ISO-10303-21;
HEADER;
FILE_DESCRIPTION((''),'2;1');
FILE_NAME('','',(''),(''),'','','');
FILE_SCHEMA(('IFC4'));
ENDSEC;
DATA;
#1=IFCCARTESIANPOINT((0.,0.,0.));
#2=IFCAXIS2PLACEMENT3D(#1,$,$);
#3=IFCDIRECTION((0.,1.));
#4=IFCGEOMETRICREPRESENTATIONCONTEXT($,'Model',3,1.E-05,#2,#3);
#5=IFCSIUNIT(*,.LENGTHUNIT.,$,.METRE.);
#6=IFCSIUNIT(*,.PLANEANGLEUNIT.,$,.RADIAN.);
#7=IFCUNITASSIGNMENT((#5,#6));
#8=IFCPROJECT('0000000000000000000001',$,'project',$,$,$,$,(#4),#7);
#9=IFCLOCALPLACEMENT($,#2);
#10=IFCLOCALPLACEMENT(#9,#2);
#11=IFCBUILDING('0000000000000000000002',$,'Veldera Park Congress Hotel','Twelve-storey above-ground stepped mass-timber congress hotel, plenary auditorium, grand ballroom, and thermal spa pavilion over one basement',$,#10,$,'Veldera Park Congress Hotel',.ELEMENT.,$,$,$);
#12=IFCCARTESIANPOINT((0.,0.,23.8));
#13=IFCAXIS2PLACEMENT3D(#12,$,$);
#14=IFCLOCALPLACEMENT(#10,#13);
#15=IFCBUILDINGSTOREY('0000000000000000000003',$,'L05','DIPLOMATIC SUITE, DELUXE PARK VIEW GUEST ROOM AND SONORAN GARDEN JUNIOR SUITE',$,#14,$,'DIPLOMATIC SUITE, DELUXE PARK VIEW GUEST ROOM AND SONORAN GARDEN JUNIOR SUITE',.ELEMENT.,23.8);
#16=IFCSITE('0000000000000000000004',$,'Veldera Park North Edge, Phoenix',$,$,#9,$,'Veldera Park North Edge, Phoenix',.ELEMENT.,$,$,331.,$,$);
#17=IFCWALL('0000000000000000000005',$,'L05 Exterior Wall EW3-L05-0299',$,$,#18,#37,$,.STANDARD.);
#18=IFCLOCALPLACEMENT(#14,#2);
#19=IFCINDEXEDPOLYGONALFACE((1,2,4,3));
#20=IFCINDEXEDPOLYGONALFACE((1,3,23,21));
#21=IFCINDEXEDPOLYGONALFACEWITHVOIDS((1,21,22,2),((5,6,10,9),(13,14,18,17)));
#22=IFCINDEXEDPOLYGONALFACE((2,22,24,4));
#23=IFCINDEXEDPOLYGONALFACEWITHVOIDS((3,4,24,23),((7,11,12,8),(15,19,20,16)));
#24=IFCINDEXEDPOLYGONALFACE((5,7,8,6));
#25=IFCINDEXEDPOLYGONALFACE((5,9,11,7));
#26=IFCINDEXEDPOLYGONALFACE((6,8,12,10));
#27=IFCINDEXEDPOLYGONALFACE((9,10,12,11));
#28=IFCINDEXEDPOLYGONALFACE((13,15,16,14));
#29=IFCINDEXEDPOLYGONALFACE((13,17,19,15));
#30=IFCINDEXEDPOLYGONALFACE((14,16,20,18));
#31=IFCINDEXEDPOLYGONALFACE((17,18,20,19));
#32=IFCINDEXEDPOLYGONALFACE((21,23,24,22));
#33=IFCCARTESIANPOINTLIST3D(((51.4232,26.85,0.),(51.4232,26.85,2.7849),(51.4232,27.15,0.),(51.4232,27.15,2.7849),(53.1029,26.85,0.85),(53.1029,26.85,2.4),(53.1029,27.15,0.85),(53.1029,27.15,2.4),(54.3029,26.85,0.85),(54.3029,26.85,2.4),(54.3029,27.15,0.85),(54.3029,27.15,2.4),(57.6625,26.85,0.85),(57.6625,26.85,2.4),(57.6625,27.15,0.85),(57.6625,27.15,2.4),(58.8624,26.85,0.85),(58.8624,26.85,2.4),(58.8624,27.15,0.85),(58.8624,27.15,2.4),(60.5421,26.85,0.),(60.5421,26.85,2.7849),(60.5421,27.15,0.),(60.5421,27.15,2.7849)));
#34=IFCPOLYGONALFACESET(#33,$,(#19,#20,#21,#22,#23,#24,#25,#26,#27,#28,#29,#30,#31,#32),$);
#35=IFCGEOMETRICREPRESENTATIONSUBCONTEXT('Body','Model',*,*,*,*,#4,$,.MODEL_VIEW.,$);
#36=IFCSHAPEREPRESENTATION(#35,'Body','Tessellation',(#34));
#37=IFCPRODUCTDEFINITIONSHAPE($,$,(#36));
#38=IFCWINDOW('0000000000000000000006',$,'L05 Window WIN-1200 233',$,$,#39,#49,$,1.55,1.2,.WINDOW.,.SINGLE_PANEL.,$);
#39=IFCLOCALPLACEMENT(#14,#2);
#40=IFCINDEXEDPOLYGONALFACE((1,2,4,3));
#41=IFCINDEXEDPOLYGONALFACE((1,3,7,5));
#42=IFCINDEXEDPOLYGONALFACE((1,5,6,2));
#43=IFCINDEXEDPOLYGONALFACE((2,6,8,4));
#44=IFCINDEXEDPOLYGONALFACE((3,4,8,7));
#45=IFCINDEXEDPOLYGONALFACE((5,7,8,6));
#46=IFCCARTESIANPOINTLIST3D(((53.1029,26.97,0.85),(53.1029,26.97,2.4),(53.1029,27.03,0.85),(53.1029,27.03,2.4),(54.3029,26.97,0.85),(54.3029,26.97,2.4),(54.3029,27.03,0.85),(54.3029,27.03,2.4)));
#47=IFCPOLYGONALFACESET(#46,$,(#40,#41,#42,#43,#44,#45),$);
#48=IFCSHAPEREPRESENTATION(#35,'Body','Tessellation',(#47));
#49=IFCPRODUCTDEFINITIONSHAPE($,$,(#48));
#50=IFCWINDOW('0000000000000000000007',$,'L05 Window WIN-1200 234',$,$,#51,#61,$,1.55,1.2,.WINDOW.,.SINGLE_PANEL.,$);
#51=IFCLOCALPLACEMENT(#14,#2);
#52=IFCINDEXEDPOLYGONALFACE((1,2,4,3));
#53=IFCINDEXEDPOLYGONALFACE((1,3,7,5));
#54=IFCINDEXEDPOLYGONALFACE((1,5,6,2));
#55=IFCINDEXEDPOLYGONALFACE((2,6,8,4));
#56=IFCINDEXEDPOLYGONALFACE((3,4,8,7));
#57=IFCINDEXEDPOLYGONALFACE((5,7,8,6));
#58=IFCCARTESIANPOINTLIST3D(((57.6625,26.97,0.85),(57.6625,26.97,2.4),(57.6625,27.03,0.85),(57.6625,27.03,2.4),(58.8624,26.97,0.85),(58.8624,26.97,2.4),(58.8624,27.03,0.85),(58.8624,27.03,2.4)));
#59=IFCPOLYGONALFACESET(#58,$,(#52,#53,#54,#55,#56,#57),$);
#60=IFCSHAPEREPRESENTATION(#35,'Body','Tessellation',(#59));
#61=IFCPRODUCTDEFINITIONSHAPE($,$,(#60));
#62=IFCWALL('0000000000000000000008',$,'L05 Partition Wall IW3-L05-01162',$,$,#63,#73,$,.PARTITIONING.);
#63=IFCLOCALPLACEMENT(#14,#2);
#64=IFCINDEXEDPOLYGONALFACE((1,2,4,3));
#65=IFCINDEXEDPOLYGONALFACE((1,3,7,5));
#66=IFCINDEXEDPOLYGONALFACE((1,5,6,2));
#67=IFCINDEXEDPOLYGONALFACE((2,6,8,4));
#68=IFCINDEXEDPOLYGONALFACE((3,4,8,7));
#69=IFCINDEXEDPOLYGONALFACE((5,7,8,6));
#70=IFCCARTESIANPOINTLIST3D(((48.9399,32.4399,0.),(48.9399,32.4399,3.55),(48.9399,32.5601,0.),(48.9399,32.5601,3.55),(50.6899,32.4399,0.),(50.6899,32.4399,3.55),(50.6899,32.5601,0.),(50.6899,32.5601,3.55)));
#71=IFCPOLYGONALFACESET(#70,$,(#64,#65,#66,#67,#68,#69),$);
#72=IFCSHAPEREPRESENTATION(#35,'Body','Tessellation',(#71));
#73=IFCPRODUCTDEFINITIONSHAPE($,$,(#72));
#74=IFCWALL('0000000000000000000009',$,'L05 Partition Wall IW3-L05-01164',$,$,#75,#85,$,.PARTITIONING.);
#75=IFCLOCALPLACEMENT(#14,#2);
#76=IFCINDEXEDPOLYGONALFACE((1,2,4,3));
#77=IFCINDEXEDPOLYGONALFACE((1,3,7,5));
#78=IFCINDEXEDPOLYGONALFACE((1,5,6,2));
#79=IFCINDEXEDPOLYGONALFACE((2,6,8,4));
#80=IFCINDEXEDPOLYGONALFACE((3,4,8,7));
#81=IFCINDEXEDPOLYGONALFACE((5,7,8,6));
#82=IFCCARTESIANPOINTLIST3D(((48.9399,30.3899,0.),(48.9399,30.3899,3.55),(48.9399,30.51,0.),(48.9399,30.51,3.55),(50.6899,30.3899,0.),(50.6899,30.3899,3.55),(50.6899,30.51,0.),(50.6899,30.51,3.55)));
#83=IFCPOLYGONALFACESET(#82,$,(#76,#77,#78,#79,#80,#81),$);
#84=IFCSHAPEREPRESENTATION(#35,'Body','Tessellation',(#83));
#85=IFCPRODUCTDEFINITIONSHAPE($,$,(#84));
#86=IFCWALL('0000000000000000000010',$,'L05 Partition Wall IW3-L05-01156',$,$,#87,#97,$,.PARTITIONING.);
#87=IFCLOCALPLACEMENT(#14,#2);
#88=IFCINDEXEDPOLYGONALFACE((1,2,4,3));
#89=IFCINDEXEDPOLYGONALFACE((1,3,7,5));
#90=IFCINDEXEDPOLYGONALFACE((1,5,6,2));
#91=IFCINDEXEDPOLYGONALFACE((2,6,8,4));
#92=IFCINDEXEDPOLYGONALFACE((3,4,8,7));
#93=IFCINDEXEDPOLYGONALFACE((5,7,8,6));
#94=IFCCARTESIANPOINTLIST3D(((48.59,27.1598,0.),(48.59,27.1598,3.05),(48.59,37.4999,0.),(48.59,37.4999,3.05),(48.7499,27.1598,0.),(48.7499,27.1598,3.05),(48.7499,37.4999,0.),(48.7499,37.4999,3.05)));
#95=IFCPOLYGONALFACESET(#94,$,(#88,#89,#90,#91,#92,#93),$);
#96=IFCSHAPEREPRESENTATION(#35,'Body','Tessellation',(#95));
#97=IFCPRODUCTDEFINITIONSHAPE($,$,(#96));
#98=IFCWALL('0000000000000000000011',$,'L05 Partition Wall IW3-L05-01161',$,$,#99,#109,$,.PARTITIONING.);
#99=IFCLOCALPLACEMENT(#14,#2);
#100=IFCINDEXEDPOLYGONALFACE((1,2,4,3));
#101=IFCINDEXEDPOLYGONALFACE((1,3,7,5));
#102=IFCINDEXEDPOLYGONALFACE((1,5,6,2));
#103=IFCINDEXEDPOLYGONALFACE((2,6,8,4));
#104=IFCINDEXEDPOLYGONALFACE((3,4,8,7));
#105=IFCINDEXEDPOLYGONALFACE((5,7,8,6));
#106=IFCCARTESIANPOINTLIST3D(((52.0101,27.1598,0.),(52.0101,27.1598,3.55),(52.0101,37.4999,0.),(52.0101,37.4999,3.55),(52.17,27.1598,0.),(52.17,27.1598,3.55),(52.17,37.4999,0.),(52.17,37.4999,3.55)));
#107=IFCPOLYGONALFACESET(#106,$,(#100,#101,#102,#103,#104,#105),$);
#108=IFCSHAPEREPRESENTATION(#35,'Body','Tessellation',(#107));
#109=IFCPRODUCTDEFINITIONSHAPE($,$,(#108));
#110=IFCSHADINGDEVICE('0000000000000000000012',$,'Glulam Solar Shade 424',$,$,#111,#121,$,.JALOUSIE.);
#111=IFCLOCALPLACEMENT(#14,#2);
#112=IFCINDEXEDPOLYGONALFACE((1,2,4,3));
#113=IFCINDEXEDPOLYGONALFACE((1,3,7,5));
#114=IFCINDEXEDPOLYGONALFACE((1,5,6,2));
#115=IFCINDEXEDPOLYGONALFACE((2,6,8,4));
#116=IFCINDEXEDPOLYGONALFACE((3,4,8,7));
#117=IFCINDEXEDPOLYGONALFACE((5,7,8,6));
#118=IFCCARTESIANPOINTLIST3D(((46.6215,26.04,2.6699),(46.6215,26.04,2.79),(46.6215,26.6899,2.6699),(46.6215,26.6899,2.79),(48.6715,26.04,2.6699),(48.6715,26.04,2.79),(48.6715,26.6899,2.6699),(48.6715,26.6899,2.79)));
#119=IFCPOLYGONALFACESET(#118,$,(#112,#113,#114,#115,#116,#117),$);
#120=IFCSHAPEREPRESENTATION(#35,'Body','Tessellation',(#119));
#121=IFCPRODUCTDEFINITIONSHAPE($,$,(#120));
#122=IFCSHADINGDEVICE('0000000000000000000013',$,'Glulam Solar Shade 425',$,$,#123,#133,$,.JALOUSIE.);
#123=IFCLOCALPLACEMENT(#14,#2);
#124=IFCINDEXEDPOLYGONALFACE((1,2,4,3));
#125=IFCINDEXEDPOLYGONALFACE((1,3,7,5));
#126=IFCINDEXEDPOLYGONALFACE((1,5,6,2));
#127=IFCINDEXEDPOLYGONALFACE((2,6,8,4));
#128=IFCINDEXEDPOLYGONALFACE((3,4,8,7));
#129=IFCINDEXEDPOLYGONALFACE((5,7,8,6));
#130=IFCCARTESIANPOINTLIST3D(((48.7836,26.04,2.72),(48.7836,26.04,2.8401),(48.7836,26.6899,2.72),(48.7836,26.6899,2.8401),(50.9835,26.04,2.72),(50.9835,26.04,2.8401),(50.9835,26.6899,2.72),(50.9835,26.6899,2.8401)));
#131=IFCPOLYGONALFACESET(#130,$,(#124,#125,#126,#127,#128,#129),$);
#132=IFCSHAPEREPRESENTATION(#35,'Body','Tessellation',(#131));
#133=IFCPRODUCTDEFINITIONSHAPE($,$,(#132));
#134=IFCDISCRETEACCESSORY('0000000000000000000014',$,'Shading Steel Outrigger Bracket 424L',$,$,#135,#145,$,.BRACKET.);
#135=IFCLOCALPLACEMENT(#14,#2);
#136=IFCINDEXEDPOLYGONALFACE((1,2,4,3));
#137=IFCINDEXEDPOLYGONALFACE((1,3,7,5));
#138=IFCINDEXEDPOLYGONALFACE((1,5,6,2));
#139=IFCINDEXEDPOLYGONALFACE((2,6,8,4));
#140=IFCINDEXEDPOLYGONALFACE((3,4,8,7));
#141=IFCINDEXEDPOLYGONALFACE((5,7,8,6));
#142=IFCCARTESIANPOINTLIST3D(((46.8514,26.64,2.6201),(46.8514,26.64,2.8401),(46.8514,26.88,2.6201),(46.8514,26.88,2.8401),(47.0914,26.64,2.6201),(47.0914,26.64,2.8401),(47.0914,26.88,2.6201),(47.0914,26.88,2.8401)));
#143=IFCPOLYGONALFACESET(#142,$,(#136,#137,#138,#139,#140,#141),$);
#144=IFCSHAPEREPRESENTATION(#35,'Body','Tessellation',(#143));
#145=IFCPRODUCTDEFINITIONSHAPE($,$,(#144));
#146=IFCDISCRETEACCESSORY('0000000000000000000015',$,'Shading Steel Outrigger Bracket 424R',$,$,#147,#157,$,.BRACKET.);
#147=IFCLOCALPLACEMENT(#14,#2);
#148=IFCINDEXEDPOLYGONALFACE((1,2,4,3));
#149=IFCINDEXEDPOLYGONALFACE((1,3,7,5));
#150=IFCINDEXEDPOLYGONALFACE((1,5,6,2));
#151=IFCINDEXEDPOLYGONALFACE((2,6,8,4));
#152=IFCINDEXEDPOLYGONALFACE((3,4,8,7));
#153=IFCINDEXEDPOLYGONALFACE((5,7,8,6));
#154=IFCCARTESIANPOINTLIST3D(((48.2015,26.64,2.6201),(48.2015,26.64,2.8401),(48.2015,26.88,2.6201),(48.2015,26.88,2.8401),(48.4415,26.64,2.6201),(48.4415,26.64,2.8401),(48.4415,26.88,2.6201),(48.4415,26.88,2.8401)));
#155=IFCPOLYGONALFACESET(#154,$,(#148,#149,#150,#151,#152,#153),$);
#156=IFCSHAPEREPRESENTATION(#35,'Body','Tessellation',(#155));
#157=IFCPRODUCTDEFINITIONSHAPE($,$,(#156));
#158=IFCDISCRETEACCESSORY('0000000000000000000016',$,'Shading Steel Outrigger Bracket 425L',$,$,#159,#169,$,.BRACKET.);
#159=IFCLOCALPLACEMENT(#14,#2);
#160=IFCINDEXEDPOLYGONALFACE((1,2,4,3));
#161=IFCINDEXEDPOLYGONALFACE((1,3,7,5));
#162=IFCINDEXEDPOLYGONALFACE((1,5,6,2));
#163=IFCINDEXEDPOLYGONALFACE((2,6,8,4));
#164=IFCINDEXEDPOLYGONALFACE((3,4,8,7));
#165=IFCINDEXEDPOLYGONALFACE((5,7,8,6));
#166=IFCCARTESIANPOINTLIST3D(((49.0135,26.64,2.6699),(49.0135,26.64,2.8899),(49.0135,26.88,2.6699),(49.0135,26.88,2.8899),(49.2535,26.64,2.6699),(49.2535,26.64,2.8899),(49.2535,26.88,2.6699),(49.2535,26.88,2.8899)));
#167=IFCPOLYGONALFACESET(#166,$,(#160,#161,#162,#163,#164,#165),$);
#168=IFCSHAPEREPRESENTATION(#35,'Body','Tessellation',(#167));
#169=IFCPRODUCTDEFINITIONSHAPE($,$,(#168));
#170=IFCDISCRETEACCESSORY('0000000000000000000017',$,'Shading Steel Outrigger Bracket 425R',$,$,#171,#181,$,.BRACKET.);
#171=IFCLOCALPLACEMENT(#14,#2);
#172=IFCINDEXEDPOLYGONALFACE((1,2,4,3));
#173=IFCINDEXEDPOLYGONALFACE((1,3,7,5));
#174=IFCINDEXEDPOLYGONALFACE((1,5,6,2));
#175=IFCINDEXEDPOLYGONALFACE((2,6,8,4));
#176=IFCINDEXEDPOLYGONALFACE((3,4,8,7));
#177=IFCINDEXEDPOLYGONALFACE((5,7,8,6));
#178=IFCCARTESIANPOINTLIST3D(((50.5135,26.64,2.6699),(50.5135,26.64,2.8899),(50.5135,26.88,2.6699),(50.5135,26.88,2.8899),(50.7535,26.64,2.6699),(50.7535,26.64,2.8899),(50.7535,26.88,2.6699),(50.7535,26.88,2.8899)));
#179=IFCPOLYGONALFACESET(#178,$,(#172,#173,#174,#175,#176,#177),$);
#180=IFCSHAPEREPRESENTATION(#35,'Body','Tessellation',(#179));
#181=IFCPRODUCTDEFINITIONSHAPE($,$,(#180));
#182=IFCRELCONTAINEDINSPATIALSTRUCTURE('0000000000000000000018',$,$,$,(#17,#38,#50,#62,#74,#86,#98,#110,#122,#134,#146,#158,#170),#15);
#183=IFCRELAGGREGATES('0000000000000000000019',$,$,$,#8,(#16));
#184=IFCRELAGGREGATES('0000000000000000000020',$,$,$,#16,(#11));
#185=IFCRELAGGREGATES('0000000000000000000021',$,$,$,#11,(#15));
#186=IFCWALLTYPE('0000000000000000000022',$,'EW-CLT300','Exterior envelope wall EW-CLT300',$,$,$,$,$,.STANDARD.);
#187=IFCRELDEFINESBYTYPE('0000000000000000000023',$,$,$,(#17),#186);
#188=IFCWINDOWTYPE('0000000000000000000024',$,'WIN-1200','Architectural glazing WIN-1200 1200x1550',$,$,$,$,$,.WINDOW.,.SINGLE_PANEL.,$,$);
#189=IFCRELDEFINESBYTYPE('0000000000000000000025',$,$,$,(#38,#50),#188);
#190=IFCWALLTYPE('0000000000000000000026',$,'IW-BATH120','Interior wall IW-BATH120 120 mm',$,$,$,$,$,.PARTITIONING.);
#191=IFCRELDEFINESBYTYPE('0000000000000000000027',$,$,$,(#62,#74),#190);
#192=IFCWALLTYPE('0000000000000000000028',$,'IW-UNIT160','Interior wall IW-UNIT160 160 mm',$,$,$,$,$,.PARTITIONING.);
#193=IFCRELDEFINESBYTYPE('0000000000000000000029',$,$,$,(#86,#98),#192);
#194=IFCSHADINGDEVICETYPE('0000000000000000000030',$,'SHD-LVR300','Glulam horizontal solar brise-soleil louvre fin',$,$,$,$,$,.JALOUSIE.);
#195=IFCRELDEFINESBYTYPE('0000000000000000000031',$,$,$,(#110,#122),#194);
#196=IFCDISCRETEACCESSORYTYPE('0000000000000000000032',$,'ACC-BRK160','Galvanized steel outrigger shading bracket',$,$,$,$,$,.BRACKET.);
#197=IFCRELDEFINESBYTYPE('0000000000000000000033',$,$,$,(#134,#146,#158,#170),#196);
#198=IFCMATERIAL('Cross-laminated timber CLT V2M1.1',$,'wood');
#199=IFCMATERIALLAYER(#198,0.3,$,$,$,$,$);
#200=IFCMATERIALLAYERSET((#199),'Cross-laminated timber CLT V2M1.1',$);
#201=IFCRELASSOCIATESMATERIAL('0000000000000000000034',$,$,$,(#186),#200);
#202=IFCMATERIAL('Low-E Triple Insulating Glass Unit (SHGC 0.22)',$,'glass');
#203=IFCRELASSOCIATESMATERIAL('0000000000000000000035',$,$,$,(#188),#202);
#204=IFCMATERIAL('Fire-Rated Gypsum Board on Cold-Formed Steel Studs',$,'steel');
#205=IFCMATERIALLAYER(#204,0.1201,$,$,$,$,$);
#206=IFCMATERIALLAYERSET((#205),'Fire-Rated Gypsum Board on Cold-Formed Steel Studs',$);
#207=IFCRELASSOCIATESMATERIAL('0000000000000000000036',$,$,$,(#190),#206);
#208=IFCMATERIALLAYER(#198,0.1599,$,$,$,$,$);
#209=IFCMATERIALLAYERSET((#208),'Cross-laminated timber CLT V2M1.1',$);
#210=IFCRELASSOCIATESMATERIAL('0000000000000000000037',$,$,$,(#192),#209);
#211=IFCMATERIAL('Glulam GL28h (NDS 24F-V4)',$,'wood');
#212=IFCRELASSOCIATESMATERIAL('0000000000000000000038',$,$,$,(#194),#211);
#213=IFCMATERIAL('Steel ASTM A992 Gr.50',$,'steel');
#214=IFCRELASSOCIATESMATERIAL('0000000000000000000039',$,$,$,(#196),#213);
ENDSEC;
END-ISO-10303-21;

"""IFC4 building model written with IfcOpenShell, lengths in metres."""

from ifc_helpers import new_model, si_unit, direction, frame, frame_2d, origin, origin_2d, place, context, subcontext, project, spatial, rectangle, extrude, material, layer, layer_set, type_object, element, fill, save


model = new_model("IFC4")

# Units and contexts
model_context = context("Model", 3, precision=1e-05, world=origin(), true_north=direction((0.0, 1.0)))
body_context = subcontext(model_context, "Body", "Model", "MODEL_VIEW")
ifc_project = project(units=[si_unit("LENGTHUNIT", "METRE"), si_unit("PLANEANGLEUNIT", "RADIAN")], contexts=[model_context])

# Site, building, storey
site_placement = place(None, origin())
site = spatial("IfcSite", under=ifc_project, at=site_placement, Name="Veldera Park North Edge, Phoenix", LongName="Veldera Park North Edge, Phoenix", CompositionType="ELEMENT", RefElevation=331.0)
building_placement = place(site_placement, origin())
building = spatial("IfcBuilding", under=site, at=building_placement, Name="Veldera Park Congress Hotel", Description="Twelve-storey above-ground stepped mass-timber congress hotel, plenary auditorium, grand ballroom, and thermal spa pavilion over one basement", LongName="Veldera Park Congress Hotel", CompositionType="ELEMENT")
storey_placement = place(building_placement, frame((0.0, 0.0, 23.8)))
storey = spatial("IfcBuildingStorey", under=building, at=storey_placement, Name="L05", Description="DIPLOMATIC SUITE, DELUXE PARK VIEW GUEST ROOM AND SONORAN GARDEN JUNIOR SUITE", LongName="DIPLOMATIC SUITE, DELUXE PARK VIEW GUEST ROOM AND SONORAN GARDEN JUNIOR SUITE", CompositionType="ELEMENT", Elevation=23.8)

# Shared definitions
ifc_material_1 = material(Name="Glulam GL28h (NDS 24F-V4)", Category="wood")

# Wall, openings, windows
ifc_material_2 = material(Name="Cross-laminated timber CLT V2M1.1", Category="wood")
ifc_layer_1 = layer(ifc_material_2, 0.3)
ifc_layer_set_1 = layer_set([ifc_layer_1], Name="Cross-laminated timber CLT V2M1.1")
wall_type_1 = type_object("IfcWallType", Name="EW-CLT300", Description="Exterior envelope wall EW-CLT300", PredefinedType="STANDARD", material=ifc_layer_set_1)
ifc_material_3 = material(Name="Low-E Triple Insulating Glass Unit (SHGC 0.22)", Category="glass")
wall_1_placement = place(storey_placement, frame((51.4231, 27.0, 0.0), z_axis=(0.0, 0.0, 1.0), x_axis=(1.0, 0.0, 0.0)))
wall_1 = element("IfcWall", 1, at=wall_1_placement, inside=storey, type_object=wall_type_1, Name="L05 Exterior Wall EW3-L05-0299", PredefinedType="STANDARD", context=body_context, shape_type="SweptSolid", body=[
    extrude(rectangle(XDim=9.1189, YDim=0.3, at=frame_2d((4.5596, 0.0))), origin(), (0.0, 0.0, 1.0), 2.7849),
])
opening_1_placement = place(wall_1_placement, frame((1.6797, 0.0, 0.8501)))
opening_1 = element("IfcOpeningElement", 2, at=opening_1_placement, cuts=wall_1, PredefinedType="OPENING", context=body_context, shape_type="SweptSolid", body=[
    extrude(rectangle(XDim=1.2, YDim=1.55, at=frame_2d((0.6001, 0.7749))), frame((0.0, 0.1621, 0.0), z_axis=(0.0, -1.0, 0.0), x_axis=(1.0, 0.0, 0.0)), (0.0, 0.0, 1.0), 0.324),
])
opening_2_placement = place(wall_1_placement, frame((6.2393, 0.0, 0.8501)))
opening_2 = element("IfcOpeningElement", 3, at=opening_2_placement, cuts=wall_1, PredefinedType="OPENING", context=body_context, shape_type="SweptSolid", body=[
    extrude(rectangle(XDim=1.2, YDim=1.55, at=frame_2d((0.6001, 0.7749))), frame((0.0, 0.1621, 0.0), z_axis=(0.0, -1.0, 0.0), x_axis=(1.0, 0.0, 0.0)), (0.0, 0.0, 1.0), 0.324),
])
window_type_1 = type_object("IfcWindowType", Name="WIN-1200", Description="Architectural glazing WIN-1200 1200x1550", PartitioningType="SINGLE_PANEL", PredefinedType="WINDOW", material=ifc_material_3)
window_1_placement = place(opening_1_placement, origin())
window_1 = element("IfcWindow", 4, at=window_1_placement, inside=storey, type_object=window_type_1, Name="L05 Window WIN-1200 233", OverallHeight=1.55, OverallWidth=1.2, PartitioningType="SINGLE_PANEL", PredefinedType="WINDOW", context=body_context, shape_type="SweptSolid", body=[
    extrude(rectangle(XDim=1.2, YDim=1.55, at=frame_2d((0.6001, 0.7749))), frame((0.0, 0.03, 0.0), z_axis=(0.0, -1.0, 0.0), x_axis=(1.0, 0.0, 0.0)), (0.0, 0.0, 1.0), 0.0601),
])
fill(opening_1, window_1)
window_2_placement = place(opening_2_placement, origin())
window_2 = element("IfcWindow", 5, at=window_2_placement, inside=storey, type_object=window_type_1, Name="L05 Window WIN-1200 234", OverallHeight=1.55, OverallWidth=1.2, PartitioningType="SINGLE_PANEL", PredefinedType="WINDOW", context=body_context, shape_type="SweptSolid", body=[
    extrude(rectangle(XDim=1.2, YDim=1.55, at=frame_2d((0.6001, 0.7749))), frame((0.0, 0.03, 0.0), z_axis=(0.0, -1.0, 0.0), x_axis=(1.0, 0.0, 0.0)), (0.0, 0.0, 1.0), 0.0601),
])
fill(opening_2, window_2)

# Shared definitions
ifc_material_4 = material(Name="Fire-Rated Gypsum Board on Cold-Formed Steel Studs", Category="steel")
ifc_layer_2 = layer(ifc_material_4, 0.1201)
ifc_layer_set_2 = layer_set([ifc_layer_2], Name="Fire-Rated Gypsum Board on Cold-Formed Steel Studs")
wall_type_2 = type_object("IfcWallType", Name="IW-BATH120", Description="Interior wall IW-BATH120 120 mm", PredefinedType="PARTITIONING", material=ifc_layer_set_2)

# Wall
wall_2_placement = place(storey_placement, frame((48.9399, 32.5, 0.0), z_axis=(0.0, 0.0, 1.0), x_axis=(1.0, 0.0, 0.0)))
element("IfcWall", 6, at=wall_2_placement, inside=storey, type_object=wall_type_2, Name="L05 Partition Wall IW3-L05-01162", PredefinedType="PARTITIONING", context=body_context, shape_type="SweptSolid", body=[
    extrude(rectangle(XDim=1.75, YDim=0.1201, at=frame_2d((0.875, 0.0))), origin(), (0.0, 0.0, 1.0), 3.55),
])

# Walls
wall_3_placement = place(storey_placement, frame((48.9399, 30.45, 0.0), z_axis=(0.0, 0.0, 1.0), x_axis=(1.0, 0.0, 0.0)))
element("IfcWall", 7, at=wall_3_placement, inside=storey, type_object=wall_type_2, Name="L05 Partition Wall IW3-L05-01164", PredefinedType="PARTITIONING", context=body_context, shape_type="SweptSolid", body=[
    extrude(rectangle(XDim=1.75, YDim=0.1201, at=frame_2d((0.875, 0.0))), origin(), (0.0, 0.0, 1.0), 3.55),
])
ifc_layer_3 = layer(ifc_material_2, 0.1599)
ifc_layer_set_3 = layer_set([ifc_layer_3], Name="Cross-laminated timber CLT V2M1.1")
wall_type_3 = type_object("IfcWallType", Name="IW-UNIT160", Description="Interior wall IW-UNIT160 160 mm", PredefinedType="PARTITIONING", material=ifc_layer_set_3)
wall_4_placement = place(storey_placement, frame((48.6699, 27.1599, 0.0), z_axis=(0.0, 0.0, 1.0), x_axis=(0.0, 1.0, 0.0)))
element("IfcWall", 8, at=wall_4_placement, inside=storey, type_object=wall_type_3, Name="L05 Partition Wall IW3-L05-01156", PredefinedType="PARTITIONING", context=body_context, shape_type="SweptSolid", body=[
    extrude(rectangle(XDim=10.3401, YDim=0.1599, at=frame_2d((5.1699, 0.0))), origin(), (0.0, 0.0, 1.0), 3.05),
])
wall_5_placement = place(storey_placement, frame((52.0901, 27.1599, 0.0), z_axis=(0.0, 0.0, 1.0), x_axis=(0.0, 1.0, 0.0)))
element("IfcWall", 9, at=wall_5_placement, inside=storey, type_object=wall_type_3, Name="L05 Partition Wall IW3-L05-01161", PredefinedType="PARTITIONING", context=body_context, shape_type="SweptSolid", body=[
    extrude(rectangle(XDim=10.3401, YDim=0.1599, at=frame_2d((5.1699, 0.0))), origin(), (0.0, 0.0, 1.0), 3.55),
])

# Shading devices
shading_device_type = type_object("IfcShadingDeviceType", Name="SHD-LVR300", Description="Glulam horizontal solar brise-soleil louvre fin", PredefinedType="JALOUSIE", material=ifc_material_1)
shading_device_1_placement = place(storey_placement, frame((47.6465, 26.365, 2.6699), z_axis=(0.0, 0.0, 1.0), x_axis=(1.0, 0.0, 0.0)))
element("IfcShadingDevice", 10, at=shading_device_1_placement, inside=storey, type_object=shading_device_type, Name="Glulam Solar Shade 424", PredefinedType="JALOUSIE", context=body_context, shape_type="SweptSolid", body=[
    extrude(rectangle(XDim=2.05, YDim=0.6499, at=origin_2d()), origin(), (0.0, 0.0, 1.0), 0.1201),
])
shading_device_2_placement = place(storey_placement, frame((49.8835, 26.365, 2.72), z_axis=(0.0, 0.0, 1.0), x_axis=(1.0, 0.0, 0.0)))
element("IfcShadingDevice", 11, at=shading_device_2_placement, inside=storey, type_object=shading_device_type, Name="Glulam Solar Shade 425", PredefinedType="JALOUSIE", context=body_context, shape_type="SweptSolid", body=[
    extrude(rectangle(XDim=2.2, YDim=0.6499, at=origin_2d()), origin(), (0.0, 0.0, 1.0), 0.1201),
])

# Discrete accessories
ifc_material_5 = material(Name="Steel ASTM A992 Gr.50", Category="steel")
discrete_accessory_type = type_object("IfcDiscreteAccessoryType", Name="ACC-BRK160", Description="Galvanized steel outrigger shading bracket", PredefinedType="BRACKET", material=ifc_material_5)
for number, where, z_axis, x_axis, name in (
    (12, (46.9714, 26.76, 2.6201), (0.0, 0.0, 1.0), (1.0, 0.0, 0.0), "Shading Steel Outrigger Bracket 424L"),
    (13, (48.3215, 26.76, 2.6201), (0.0, 0.0, 1.0), (1.0, 0.0, 0.0), "Shading Steel Outrigger Bracket 424R"),
    (14, (49.1335, 26.76, 2.6699), (0.0, 0.0, 1.0), (1.0, 0.0, 0.0), "Shading Steel Outrigger Bracket 425L"),
    (15, (50.6335, 26.76, 2.6699), (0.0, 0.0, 1.0), (1.0, 0.0, 0.0), "Shading Steel Outrigger Bracket 425R"),
):
    element("IfcDiscreteAccessory", number, at=place(storey_placement, frame(where, z_axis=z_axis, x_axis=x_axis)), inside=storey, type_object=discrete_accessory_type, Name=name, PredefinedType="BRACKET", context=body_context, shape_type="SweptSolid", body=[
        extrude(rectangle(XDim=0.24, YDim=0.24, at=origin_2d()), origin(), (0.0, 0.0, 1.0), 0.22),
    ])

save(model, "model.ifc")
